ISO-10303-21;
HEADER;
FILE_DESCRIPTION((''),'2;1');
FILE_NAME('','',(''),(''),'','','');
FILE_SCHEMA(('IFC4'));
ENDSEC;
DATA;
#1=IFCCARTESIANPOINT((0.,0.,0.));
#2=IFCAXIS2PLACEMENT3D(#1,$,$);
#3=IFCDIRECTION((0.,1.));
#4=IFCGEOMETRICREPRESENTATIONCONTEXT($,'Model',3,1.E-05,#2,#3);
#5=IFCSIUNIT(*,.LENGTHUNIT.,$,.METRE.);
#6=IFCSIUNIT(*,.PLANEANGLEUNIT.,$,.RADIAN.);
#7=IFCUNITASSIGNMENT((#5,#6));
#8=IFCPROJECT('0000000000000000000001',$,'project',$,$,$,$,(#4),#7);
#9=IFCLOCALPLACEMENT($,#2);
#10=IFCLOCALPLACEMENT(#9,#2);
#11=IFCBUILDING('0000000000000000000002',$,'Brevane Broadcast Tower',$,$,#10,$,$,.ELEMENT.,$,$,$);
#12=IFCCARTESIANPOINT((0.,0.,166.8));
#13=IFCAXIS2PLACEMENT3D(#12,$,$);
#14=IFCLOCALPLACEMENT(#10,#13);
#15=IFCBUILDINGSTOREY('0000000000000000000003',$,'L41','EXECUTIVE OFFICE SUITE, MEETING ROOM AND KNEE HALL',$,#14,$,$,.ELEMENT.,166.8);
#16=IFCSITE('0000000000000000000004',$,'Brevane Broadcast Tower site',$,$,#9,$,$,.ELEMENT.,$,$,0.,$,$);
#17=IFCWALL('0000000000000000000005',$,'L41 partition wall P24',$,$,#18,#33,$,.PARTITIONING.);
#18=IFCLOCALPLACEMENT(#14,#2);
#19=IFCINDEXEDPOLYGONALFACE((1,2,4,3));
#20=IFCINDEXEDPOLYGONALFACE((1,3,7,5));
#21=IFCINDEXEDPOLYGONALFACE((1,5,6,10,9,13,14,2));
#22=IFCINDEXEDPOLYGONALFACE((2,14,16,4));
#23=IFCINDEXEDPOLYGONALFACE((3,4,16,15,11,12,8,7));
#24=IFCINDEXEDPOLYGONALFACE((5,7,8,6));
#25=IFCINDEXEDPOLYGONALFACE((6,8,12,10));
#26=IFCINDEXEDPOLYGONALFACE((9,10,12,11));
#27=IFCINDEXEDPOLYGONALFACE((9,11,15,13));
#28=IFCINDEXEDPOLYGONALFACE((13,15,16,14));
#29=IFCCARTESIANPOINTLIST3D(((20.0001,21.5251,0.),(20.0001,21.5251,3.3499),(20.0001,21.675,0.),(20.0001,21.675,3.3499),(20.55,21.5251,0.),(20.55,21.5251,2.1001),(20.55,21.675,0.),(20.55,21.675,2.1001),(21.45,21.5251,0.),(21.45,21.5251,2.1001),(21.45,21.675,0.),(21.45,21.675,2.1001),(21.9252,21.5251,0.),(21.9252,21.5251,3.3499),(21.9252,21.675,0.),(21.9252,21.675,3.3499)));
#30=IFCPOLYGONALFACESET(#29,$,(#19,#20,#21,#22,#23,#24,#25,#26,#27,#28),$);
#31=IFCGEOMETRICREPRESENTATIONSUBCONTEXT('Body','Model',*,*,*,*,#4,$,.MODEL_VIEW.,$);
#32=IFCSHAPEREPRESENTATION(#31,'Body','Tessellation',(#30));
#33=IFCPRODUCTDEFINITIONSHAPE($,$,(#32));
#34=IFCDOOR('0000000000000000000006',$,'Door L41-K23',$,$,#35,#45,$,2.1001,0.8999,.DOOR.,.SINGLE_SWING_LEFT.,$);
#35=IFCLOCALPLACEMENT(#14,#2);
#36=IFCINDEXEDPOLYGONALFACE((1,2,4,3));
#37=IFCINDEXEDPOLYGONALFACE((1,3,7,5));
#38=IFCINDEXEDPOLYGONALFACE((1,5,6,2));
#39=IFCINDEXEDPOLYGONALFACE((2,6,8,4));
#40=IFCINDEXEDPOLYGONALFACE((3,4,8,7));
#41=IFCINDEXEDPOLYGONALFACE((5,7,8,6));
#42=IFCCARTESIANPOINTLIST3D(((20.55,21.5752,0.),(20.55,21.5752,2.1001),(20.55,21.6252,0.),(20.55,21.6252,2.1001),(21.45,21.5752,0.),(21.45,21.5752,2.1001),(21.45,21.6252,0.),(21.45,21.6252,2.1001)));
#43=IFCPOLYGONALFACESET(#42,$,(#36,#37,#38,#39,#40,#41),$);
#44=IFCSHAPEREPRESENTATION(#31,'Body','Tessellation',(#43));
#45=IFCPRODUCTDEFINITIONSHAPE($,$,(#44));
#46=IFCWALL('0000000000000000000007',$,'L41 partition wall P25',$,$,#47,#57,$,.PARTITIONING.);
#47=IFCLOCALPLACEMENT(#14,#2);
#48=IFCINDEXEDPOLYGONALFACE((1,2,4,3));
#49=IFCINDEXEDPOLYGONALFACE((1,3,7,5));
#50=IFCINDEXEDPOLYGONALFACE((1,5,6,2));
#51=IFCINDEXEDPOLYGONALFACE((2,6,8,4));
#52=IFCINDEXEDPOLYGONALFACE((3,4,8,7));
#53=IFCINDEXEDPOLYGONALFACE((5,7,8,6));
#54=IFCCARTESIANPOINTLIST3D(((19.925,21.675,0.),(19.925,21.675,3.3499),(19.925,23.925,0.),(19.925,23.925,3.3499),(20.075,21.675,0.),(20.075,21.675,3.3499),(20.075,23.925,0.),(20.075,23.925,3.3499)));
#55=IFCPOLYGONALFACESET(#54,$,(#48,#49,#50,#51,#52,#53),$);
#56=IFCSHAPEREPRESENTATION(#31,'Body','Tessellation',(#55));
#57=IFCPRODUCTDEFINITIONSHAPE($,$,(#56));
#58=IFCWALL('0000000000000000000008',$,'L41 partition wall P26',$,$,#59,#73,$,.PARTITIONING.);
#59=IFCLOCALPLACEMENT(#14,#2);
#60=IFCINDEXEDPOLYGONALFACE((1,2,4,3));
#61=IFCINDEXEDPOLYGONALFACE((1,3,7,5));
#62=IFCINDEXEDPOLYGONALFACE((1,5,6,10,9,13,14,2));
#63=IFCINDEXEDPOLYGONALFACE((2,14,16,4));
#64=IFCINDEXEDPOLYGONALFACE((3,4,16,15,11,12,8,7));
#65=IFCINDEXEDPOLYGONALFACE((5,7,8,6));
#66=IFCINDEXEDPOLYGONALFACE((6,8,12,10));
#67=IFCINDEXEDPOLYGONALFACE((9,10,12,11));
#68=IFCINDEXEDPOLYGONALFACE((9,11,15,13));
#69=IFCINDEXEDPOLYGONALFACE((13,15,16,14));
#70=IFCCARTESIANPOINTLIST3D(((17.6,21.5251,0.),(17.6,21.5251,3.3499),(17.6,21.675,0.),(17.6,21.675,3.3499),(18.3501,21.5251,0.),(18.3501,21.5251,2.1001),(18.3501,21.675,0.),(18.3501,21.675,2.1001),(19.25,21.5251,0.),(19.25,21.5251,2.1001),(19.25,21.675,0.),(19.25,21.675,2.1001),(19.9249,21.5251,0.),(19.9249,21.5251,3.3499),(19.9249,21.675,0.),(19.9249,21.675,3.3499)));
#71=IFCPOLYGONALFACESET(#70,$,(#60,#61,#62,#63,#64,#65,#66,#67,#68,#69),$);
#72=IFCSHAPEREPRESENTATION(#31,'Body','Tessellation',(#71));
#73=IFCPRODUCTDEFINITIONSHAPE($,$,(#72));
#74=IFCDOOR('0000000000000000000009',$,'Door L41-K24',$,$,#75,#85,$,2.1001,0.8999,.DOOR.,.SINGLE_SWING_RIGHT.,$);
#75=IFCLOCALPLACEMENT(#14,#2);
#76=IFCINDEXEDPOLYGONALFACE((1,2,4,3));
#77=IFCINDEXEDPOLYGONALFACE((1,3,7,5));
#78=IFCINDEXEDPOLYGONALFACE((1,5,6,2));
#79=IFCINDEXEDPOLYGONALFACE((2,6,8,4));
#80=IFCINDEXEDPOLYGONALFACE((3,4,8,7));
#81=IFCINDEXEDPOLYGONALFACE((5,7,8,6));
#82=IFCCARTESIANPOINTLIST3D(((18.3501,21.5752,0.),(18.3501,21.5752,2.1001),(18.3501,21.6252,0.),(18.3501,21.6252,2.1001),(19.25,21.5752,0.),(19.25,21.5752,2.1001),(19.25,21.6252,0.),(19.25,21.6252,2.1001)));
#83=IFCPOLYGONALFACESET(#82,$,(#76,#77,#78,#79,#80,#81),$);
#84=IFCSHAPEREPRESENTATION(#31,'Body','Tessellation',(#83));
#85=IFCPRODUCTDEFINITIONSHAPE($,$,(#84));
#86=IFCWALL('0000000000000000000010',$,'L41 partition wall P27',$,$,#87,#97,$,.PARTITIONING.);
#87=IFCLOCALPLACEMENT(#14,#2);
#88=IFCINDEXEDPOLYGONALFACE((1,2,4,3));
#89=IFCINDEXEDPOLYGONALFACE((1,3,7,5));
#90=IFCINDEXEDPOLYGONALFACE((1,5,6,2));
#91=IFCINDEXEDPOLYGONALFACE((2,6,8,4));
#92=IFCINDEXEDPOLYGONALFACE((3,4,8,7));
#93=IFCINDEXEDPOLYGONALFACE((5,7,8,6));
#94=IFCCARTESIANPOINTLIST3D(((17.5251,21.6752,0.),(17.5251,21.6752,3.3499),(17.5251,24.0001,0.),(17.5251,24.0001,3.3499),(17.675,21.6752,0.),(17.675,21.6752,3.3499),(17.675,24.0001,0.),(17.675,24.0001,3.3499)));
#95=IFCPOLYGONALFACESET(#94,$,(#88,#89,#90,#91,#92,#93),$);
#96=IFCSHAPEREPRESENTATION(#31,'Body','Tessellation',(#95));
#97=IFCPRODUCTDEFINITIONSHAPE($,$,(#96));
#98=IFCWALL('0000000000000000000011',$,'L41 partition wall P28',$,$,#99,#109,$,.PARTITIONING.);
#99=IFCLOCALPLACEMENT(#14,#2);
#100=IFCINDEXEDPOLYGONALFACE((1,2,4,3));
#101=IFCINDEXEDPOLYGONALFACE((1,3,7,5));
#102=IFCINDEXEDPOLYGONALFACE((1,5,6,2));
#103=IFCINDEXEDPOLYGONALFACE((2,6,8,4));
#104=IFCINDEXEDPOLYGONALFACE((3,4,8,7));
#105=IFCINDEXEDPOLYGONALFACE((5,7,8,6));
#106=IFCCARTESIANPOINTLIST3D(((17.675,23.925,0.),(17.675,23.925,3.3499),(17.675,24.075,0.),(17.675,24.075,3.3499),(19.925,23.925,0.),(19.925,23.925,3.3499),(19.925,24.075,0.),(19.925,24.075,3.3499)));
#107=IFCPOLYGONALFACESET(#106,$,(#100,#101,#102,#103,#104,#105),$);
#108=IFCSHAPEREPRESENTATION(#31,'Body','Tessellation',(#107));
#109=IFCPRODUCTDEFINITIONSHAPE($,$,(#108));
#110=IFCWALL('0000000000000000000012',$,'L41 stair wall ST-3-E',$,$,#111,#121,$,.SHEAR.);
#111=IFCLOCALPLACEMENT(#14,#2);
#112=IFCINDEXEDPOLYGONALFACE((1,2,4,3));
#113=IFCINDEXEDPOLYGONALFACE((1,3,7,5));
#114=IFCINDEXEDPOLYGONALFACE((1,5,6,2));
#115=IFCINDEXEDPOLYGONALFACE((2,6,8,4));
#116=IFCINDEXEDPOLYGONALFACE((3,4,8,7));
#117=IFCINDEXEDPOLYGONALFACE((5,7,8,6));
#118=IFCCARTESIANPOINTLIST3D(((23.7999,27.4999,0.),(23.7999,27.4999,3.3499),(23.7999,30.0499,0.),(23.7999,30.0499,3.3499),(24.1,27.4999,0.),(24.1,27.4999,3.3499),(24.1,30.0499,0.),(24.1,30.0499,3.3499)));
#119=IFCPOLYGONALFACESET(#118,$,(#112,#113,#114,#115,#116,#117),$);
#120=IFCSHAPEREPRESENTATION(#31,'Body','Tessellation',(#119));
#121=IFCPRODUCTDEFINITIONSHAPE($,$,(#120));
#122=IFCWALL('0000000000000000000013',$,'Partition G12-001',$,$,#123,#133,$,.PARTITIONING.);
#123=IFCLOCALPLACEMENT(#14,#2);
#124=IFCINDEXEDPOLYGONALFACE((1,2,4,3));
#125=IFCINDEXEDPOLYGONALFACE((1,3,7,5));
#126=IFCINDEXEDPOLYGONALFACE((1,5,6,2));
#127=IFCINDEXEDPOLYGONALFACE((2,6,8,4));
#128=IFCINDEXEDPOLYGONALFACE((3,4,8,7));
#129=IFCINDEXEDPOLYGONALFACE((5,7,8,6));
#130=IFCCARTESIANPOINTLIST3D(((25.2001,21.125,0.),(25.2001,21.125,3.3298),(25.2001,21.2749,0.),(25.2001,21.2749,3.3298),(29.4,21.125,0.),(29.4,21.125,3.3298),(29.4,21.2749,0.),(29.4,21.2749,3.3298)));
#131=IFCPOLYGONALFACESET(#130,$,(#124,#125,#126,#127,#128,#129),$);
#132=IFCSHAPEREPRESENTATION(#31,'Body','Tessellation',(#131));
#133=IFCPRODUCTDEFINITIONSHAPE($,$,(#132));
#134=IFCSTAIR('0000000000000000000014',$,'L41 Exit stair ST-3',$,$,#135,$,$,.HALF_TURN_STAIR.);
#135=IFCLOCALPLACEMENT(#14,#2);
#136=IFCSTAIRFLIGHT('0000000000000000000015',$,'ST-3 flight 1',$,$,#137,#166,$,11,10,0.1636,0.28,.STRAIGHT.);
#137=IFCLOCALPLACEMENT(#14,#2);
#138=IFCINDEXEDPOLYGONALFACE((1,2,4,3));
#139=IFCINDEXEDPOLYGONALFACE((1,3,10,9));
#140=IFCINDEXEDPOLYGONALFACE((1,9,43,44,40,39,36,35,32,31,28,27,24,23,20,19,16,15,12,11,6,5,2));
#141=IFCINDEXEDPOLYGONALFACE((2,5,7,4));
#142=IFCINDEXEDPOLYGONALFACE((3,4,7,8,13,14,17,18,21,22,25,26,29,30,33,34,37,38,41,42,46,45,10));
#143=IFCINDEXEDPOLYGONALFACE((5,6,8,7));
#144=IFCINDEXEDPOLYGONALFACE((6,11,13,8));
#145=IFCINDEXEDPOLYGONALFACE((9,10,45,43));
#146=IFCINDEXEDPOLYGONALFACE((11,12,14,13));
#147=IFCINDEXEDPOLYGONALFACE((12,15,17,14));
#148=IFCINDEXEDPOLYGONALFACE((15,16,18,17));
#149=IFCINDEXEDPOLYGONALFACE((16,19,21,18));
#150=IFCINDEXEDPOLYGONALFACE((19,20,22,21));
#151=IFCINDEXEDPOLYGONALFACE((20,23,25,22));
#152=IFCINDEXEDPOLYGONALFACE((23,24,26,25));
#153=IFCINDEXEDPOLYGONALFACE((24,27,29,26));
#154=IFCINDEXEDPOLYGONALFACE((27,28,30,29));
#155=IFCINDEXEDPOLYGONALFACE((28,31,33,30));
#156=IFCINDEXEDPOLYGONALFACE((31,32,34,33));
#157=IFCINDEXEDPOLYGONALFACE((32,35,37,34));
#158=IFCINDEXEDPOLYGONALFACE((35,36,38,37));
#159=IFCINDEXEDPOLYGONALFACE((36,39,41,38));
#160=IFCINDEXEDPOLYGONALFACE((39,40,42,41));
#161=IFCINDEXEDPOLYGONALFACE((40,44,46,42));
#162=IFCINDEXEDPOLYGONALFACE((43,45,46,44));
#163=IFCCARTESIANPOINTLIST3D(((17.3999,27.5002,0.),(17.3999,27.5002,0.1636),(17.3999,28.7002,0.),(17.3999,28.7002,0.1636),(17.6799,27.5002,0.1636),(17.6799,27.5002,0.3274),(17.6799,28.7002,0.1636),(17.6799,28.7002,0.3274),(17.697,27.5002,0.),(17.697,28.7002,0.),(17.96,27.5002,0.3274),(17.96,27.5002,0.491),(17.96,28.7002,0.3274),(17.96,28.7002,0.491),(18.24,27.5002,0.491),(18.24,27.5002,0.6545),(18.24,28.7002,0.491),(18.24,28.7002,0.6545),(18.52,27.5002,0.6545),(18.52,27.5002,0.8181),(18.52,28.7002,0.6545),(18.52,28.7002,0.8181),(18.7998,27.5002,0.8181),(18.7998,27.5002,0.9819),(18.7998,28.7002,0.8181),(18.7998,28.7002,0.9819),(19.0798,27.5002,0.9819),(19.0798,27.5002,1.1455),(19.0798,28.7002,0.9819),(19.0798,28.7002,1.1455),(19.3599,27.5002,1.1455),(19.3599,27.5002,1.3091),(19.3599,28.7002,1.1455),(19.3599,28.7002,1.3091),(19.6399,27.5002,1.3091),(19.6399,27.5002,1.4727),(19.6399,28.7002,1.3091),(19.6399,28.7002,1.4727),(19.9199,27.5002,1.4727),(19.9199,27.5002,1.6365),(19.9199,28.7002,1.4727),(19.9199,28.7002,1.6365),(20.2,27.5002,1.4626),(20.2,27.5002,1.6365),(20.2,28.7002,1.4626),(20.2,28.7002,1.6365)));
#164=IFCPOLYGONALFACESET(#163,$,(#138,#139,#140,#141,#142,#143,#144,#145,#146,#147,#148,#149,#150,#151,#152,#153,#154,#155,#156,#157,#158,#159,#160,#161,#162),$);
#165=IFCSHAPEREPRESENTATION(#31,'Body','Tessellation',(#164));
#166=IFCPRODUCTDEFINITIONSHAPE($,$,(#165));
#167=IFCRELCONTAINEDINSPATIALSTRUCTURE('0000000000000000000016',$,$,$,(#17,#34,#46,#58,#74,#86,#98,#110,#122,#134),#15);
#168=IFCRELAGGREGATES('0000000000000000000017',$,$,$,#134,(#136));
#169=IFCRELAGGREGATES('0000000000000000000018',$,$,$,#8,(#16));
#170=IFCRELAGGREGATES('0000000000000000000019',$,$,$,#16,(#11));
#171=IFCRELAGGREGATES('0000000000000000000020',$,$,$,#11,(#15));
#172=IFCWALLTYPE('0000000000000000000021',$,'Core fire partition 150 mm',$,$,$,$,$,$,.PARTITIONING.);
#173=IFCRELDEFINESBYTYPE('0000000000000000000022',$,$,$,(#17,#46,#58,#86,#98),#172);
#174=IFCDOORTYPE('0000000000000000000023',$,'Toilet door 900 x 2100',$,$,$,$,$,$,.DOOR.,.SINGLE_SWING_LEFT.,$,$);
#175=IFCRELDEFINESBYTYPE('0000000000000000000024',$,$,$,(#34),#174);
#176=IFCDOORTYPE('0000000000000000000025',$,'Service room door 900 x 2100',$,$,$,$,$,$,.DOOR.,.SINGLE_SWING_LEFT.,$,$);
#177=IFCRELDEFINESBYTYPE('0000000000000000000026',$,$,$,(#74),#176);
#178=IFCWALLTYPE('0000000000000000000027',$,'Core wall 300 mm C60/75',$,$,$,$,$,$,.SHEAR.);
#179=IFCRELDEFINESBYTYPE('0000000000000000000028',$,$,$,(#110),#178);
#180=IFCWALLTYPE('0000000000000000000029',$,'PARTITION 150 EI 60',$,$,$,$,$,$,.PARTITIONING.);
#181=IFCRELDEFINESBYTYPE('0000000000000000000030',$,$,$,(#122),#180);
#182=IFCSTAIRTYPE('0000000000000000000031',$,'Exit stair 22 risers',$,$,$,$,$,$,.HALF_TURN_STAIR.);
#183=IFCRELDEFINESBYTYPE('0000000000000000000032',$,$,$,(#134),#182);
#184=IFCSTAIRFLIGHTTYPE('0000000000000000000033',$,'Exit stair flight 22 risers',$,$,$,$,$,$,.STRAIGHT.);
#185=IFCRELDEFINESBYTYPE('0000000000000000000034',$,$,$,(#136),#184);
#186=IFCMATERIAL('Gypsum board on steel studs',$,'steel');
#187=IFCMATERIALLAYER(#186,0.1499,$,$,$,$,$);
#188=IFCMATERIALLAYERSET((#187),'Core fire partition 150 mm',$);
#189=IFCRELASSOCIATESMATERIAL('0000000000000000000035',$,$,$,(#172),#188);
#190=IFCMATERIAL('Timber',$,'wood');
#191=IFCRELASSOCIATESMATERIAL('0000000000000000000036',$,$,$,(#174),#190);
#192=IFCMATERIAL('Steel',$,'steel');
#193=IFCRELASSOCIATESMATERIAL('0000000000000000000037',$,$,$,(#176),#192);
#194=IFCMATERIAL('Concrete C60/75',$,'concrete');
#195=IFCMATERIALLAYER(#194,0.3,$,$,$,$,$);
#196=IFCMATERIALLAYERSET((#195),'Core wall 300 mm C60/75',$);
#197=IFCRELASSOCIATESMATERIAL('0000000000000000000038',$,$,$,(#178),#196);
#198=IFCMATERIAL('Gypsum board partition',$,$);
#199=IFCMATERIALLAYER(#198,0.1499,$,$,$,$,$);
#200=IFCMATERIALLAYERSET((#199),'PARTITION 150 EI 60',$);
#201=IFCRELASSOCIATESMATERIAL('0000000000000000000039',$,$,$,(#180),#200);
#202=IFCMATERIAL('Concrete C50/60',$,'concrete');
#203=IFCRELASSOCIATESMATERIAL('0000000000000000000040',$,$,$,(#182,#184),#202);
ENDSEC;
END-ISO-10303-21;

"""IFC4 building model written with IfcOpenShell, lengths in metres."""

from ifc_helpers import new_model, si_unit, direction, frame, frame_2d, origin, place, context, subcontext, project, spatial, polyline, rectangle, outline, extrude, material, layer, layer_set, type_object, element, fill, aggregate, save


model = new_model("IFC4")

# Units and contexts
model_context = context("Model", 3, precision=1e-05, world=origin(), true_north=direction((0.0, 1.0)))
body_context = subcontext(model_context, "Body", "Model", "MODEL_VIEW")
ifc_project = project(units=[si_unit("LENGTHUNIT", "METRE"), si_unit("PLANEANGLEUNIT", "RADIAN")], contexts=[model_context])

# Site, building, storey
site_placement = place(None, origin())
site = spatial("IfcSite", under=ifc_project, at=site_placement, Name="Brevane Broadcast Tower site", CompositionType="ELEMENT", RefElevation=0.0)
building_placement = place(site_placement, origin())
building = spatial("IfcBuilding", under=site, at=building_placement, Name="Brevane Broadcast Tower", CompositionType="ELEMENT")
storey_placement = place(building_placement, frame((0.0, 0.0, 166.8)))
storey = spatial("IfcBuildingStorey", under=building, at=storey_placement, Name="L41", Description="EXECUTIVE OFFICE SUITE, MEETING ROOM AND KNEE HALL", CompositionType="ELEMENT", Elevation=166.8)

# Shared definitions
ifc_material_1 = material(Name="Concrete C60/75", Category="concrete")

# Shared definitions
ifc_material_2 = material(Name="Gypsum board on steel studs", Category="steel")
ifc_layer_1 = layer(ifc_material_2, 0.1499)
ifc_layer_set_1 = layer_set([ifc_layer_1], Name="Core fire partition 150 mm")
wall_type_1 = type_object("IfcWallType", Name="Core fire partition 150 mm", PredefinedType="PARTITIONING", material=ifc_layer_set_1)

# Wall, opening, door
wall_1_placement = place(storey_placement, frame((21.925, 21.6001, 0.0), z_axis=(0.0, 0.0, 1.0), x_axis=(-1.0, 0.0, 0.0)))
wall_1 = element("IfcWall", 1, at=wall_1_placement, inside=storey, type_object=wall_type_1, Name="L41 partition wall P24", PredefinedType="PARTITIONING", context=body_context, shape_type="SweptSolid", body=[
    extrude(rectangle(XDim=1.925, YDim=0.1499, at=frame_2d((0.9624, 0.0))), origin(), (0.0, 0.0, 1.0), 3.3499),
])
opening_1_placement = place(wall_1_placement, frame((0.4751, 0.0, 0.0)))
opening_1 = element("IfcOpeningElement", 2, at=opening_1_placement, cuts=wall_1, PredefinedType="OPENING", context=body_context, shape_type="SweptSolid", body=[
    extrude(rectangle(XDim=0.8999, YDim=2.1001, at=frame_2d((0.45, 1.05))), frame((0.0, 0.085, 0.0), z_axis=(0.0, -1.0, 0.0), x_axis=(1.0, 0.0, 0.0)), (0.0, 0.0, 1.0), 0.1699),
])
ifc_material_3 = material(Name="Timber", Category="wood")
door_type_1 = type_object("IfcDoorType", Name="Toilet door 900 x 2100", OperationType="SINGLE_SWING_LEFT", PredefinedType="DOOR", material=ifc_material_3)
door_1_placement = place(opening_1_placement, origin())
door_1 = element("IfcDoor", 3, at=door_1_placement, inside=storey, type_object=door_type_1, Name="Door L41-K23", OperationType="SINGLE_SWING_LEFT", OverallHeight=2.1001, OverallWidth=0.8999, PredefinedType="DOOR", context=body_context, shape_type="SweptSolid", body=[
    extrude(rectangle(XDim=0.8999, YDim=2.1001, at=frame_2d((0.45, 1.05))), frame((0.0, 0.0249, 0.0), z_axis=(0.0, -1.0, 0.0), x_axis=(1.0, 0.0, 0.0)), (0.0, 0.0, 1.0), 0.05),
])
fill(opening_1, door_1)

# Wall
wall_2_placement = place(storey_placement, frame((20.0, 21.675, 0.0), z_axis=(0.0, 0.0, 1.0), x_axis=(0.0, 1.0, 0.0)))
element("IfcWall", 4, at=wall_2_placement, inside=storey, type_object=wall_type_1, Name="L41 partition wall P25", PredefinedType="PARTITIONING", context=body_context, shape_type="SweptSolid", body=[
    extrude(rectangle(XDim=2.25, YDim=0.1499, at=frame_2d((1.125, 0.0))), origin(), (0.0, 0.0, 1.0), 3.3499),
])

# Wall, opening, door
wall_3_placement = place(storey_placement, frame((19.925, 21.6001, 0.0), z_axis=(0.0, 0.0, 1.0), x_axis=(-1.0, 0.0, 0.0)))
wall_3 = element("IfcWall", 5, at=wall_3_placement, inside=storey, type_object=wall_type_1, Name="L41 partition wall P26", PredefinedType="PARTITIONING", context=body_context, shape_type="SweptSolid", body=[
    extrude(rectangle(XDim=2.325, YDim=0.1499, at=frame_2d((1.1626, 0.0))), origin(), (0.0, 0.0, 1.0), 3.3499),
])
opening_2_placement = place(wall_3_placement, frame((0.675, 0.0, 0.0)))
opening_2 = element("IfcOpeningElement", 6, at=opening_2_placement, cuts=wall_3, PredefinedType="OPENING", context=body_context, shape_type="SweptSolid", body=[
    extrude(rectangle(XDim=0.8999, YDim=2.1001, at=frame_2d((0.45, 1.05))), frame((0.0, 0.085, 0.0), z_axis=(0.0, -1.0, 0.0), x_axis=(1.0, 0.0, 0.0)), (0.0, 0.0, 1.0), 0.1699),
])
ifc_material_4 = material(Name="Steel", Category="steel")
door_type_2 = type_object("IfcDoorType", Name="Service room door 900 x 2100", OperationType="SINGLE_SWING_LEFT", PredefinedType="DOOR", material=ifc_material_4)
door_2_placement = place(opening_2_placement, origin())
door_2 = element("IfcDoor", 7, at=door_2_placement, inside=storey, type_object=door_type_2, Name="Door L41-K24", OperationType="SINGLE_SWING_RIGHT", OverallHeight=2.1001, OverallWidth=0.8999, PredefinedType="DOOR", context=body_context, shape_type="SweptSolid", body=[
    extrude(rectangle(XDim=0.8999, YDim=2.1001, at=frame_2d((0.45, 1.05))), frame((0.0, 0.0249, 0.0), z_axis=(0.0, -1.0, 0.0), x_axis=(1.0, 0.0, 0.0)), (0.0, 0.0, 1.0), 0.05),
])
fill(opening_2, door_2)

# Walls
wall_4_placement = place(storey_placement, frame((17.6001, 21.675, 0.0), z_axis=(0.0, 0.0, 1.0), x_axis=(0.0, 1.0, 0.0)))
element("IfcWall", 8, at=wall_4_placement, inside=storey, type_object=wall_type_1, Name="L41 partition wall P27", PredefinedType="PARTITIONING", context=body_context, shape_type="SweptSolid", body=[
    extrude(rectangle(XDim=2.325, YDim=0.1499, at=frame_2d((1.1626, 0.0))), origin(), (0.0, 0.0, 1.0), 3.3499),
])
wall_5_placement = place(storey_placement, frame((17.675, 24.0, 0.0), z_axis=(0.0, 0.0, 1.0), x_axis=(1.0, 0.0, 0.0)))
element("IfcWall", 9, at=wall_5_placement, inside=storey, type_object=wall_type_1, Name="L41 partition wall P28", PredefinedType="PARTITIONING", context=body_context, shape_type="SweptSolid", body=[
    extrude(rectangle(XDim=2.25, YDim=0.1499, at=frame_2d((1.125, 0.0))), origin(), (0.0, 0.0, 1.0), 3.3499),
])
ifc_layer_2 = layer(ifc_material_1, 0.3)
ifc_layer_set_2 = layer_set([ifc_layer_2], Name="Core wall 300 mm C60/75")
wall_type_2 = type_object("IfcWallType", Name="Core wall 300 mm C60/75", PredefinedType="SHEAR", material=ifc_layer_set_2)
wall_6_placement = place(storey_placement, frame((23.95, 27.5, 0.0), z_axis=(0.0, 0.0, 1.0), x_axis=(0.0, 1.0, 0.0)))
element("IfcWall", 10, at=wall_6_placement, inside=storey, type_object=wall_type_2, Name="L41 stair wall ST-3-E", PredefinedType="SHEAR", context=body_context, shape_type="SweptSolid", body=[
    extrude(rectangle(XDim=2.55, YDim=0.3, at=frame_2d((1.2749, 0.0))), origin(), (0.0, 0.0, 1.0), 3.3499),
])
ifc_material_5 = material(Name="Gypsum board partition")
ifc_layer_3 = layer(ifc_material_5, 0.1499)
ifc_layer_set_3 = layer_set([ifc_layer_3], Name="PARTITION 150 EI 60")
wall_type_3 = type_object("IfcWallType", Name="PARTITION 150 EI 60", PredefinedType="PARTITIONING", material=ifc_layer_set_3)
wall_7_placement = place(storey_placement, frame((25.2, 21.2, 0.0), z_axis=(0.0, 0.0, 1.0), x_axis=(1.0, 0.0, 0.0)))
element("IfcWall", 11, at=wall_7_placement, inside=storey, type_object=wall_type_3, Name="Partition G12-001", PredefinedType="PARTITIONING", context=body_context, shape_type="SweptSolid", body=[
    extrude(rectangle(XDim=4.2, YDim=0.1499, at=frame_2d((2.1001, 0.0))), origin(), (0.0, 0.0, 1.0), 3.3298),
])

# Stair, stair flight
ifc_material_6 = material(Name="Concrete C50/60", Category="concrete")
stair_type = type_object("IfcStairType", Name="Exit stair 22 risers", PredefinedType="HALF_TURN_STAIR", material=ifc_material_6)
stair_placement = place(storey_placement, origin())
stair = element("IfcStair", 12, at=stair_placement, inside=storey, type_object=stair_type, Name="L41 Exit stair ST-3", PredefinedType="HALF_TURN_STAIR")
stair_flight_type = type_object("IfcStairFlightType", Name="Exit stair flight 22 risers", PredefinedType="STRAIGHT", material=ifc_material_6)
stair_flight_placement = place(storey_placement, frame((17.3999, 28.1001, 0.0), z_axis=(0.0, 0.0, 1.0), x_axis=(1.0, 0.0, 0.0)))
stair_flight = element("IfcStairFlight", 13, at=stair_flight_placement, type_object=stair_flight_type, Name="ST-3 flight 1", NumberOfRisers=11, NumberOfTreads=10, PredefinedType="STRAIGHT", RiserHeight=0.1636, TreadLength=0.28, context=body_context, shape_type="SweptSolid", body=[
    extrude(outline(polyline([(0.0, 0.0), (0.0, 0.1636), (0.28, 0.1636), (0.28, 0.3274), (0.5601, 0.3274), (0.5601, 0.491), (0.8401, 0.491), (0.8401, 0.6545), (1.1201, 0.6545), (1.1201, 0.8181), (1.3999, 0.8181), (1.3999, 0.9819), (1.6799, 0.9819), (1.6799, 1.1455), (1.96, 1.1455), (1.96, 1.3091), (2.24, 1.3091), (2.24, 1.4727), (2.52, 1.4727), (2.52, 1.6365), (2.8, 1.6365), (2.8, 1.8), (2.8, 1.4626), (0.2971, 0.0), (0.0, 0.0)])), frame((0.0, 0.6001, 0.0), z_axis=(0.0, -1.0, 0.0), x_axis=(1.0, 0.0, 0.0)), (0.0, 0.0, 1.0), 1.2),
])
aggregate(stair, [stair_flight])

save(model, "model.ifc")
